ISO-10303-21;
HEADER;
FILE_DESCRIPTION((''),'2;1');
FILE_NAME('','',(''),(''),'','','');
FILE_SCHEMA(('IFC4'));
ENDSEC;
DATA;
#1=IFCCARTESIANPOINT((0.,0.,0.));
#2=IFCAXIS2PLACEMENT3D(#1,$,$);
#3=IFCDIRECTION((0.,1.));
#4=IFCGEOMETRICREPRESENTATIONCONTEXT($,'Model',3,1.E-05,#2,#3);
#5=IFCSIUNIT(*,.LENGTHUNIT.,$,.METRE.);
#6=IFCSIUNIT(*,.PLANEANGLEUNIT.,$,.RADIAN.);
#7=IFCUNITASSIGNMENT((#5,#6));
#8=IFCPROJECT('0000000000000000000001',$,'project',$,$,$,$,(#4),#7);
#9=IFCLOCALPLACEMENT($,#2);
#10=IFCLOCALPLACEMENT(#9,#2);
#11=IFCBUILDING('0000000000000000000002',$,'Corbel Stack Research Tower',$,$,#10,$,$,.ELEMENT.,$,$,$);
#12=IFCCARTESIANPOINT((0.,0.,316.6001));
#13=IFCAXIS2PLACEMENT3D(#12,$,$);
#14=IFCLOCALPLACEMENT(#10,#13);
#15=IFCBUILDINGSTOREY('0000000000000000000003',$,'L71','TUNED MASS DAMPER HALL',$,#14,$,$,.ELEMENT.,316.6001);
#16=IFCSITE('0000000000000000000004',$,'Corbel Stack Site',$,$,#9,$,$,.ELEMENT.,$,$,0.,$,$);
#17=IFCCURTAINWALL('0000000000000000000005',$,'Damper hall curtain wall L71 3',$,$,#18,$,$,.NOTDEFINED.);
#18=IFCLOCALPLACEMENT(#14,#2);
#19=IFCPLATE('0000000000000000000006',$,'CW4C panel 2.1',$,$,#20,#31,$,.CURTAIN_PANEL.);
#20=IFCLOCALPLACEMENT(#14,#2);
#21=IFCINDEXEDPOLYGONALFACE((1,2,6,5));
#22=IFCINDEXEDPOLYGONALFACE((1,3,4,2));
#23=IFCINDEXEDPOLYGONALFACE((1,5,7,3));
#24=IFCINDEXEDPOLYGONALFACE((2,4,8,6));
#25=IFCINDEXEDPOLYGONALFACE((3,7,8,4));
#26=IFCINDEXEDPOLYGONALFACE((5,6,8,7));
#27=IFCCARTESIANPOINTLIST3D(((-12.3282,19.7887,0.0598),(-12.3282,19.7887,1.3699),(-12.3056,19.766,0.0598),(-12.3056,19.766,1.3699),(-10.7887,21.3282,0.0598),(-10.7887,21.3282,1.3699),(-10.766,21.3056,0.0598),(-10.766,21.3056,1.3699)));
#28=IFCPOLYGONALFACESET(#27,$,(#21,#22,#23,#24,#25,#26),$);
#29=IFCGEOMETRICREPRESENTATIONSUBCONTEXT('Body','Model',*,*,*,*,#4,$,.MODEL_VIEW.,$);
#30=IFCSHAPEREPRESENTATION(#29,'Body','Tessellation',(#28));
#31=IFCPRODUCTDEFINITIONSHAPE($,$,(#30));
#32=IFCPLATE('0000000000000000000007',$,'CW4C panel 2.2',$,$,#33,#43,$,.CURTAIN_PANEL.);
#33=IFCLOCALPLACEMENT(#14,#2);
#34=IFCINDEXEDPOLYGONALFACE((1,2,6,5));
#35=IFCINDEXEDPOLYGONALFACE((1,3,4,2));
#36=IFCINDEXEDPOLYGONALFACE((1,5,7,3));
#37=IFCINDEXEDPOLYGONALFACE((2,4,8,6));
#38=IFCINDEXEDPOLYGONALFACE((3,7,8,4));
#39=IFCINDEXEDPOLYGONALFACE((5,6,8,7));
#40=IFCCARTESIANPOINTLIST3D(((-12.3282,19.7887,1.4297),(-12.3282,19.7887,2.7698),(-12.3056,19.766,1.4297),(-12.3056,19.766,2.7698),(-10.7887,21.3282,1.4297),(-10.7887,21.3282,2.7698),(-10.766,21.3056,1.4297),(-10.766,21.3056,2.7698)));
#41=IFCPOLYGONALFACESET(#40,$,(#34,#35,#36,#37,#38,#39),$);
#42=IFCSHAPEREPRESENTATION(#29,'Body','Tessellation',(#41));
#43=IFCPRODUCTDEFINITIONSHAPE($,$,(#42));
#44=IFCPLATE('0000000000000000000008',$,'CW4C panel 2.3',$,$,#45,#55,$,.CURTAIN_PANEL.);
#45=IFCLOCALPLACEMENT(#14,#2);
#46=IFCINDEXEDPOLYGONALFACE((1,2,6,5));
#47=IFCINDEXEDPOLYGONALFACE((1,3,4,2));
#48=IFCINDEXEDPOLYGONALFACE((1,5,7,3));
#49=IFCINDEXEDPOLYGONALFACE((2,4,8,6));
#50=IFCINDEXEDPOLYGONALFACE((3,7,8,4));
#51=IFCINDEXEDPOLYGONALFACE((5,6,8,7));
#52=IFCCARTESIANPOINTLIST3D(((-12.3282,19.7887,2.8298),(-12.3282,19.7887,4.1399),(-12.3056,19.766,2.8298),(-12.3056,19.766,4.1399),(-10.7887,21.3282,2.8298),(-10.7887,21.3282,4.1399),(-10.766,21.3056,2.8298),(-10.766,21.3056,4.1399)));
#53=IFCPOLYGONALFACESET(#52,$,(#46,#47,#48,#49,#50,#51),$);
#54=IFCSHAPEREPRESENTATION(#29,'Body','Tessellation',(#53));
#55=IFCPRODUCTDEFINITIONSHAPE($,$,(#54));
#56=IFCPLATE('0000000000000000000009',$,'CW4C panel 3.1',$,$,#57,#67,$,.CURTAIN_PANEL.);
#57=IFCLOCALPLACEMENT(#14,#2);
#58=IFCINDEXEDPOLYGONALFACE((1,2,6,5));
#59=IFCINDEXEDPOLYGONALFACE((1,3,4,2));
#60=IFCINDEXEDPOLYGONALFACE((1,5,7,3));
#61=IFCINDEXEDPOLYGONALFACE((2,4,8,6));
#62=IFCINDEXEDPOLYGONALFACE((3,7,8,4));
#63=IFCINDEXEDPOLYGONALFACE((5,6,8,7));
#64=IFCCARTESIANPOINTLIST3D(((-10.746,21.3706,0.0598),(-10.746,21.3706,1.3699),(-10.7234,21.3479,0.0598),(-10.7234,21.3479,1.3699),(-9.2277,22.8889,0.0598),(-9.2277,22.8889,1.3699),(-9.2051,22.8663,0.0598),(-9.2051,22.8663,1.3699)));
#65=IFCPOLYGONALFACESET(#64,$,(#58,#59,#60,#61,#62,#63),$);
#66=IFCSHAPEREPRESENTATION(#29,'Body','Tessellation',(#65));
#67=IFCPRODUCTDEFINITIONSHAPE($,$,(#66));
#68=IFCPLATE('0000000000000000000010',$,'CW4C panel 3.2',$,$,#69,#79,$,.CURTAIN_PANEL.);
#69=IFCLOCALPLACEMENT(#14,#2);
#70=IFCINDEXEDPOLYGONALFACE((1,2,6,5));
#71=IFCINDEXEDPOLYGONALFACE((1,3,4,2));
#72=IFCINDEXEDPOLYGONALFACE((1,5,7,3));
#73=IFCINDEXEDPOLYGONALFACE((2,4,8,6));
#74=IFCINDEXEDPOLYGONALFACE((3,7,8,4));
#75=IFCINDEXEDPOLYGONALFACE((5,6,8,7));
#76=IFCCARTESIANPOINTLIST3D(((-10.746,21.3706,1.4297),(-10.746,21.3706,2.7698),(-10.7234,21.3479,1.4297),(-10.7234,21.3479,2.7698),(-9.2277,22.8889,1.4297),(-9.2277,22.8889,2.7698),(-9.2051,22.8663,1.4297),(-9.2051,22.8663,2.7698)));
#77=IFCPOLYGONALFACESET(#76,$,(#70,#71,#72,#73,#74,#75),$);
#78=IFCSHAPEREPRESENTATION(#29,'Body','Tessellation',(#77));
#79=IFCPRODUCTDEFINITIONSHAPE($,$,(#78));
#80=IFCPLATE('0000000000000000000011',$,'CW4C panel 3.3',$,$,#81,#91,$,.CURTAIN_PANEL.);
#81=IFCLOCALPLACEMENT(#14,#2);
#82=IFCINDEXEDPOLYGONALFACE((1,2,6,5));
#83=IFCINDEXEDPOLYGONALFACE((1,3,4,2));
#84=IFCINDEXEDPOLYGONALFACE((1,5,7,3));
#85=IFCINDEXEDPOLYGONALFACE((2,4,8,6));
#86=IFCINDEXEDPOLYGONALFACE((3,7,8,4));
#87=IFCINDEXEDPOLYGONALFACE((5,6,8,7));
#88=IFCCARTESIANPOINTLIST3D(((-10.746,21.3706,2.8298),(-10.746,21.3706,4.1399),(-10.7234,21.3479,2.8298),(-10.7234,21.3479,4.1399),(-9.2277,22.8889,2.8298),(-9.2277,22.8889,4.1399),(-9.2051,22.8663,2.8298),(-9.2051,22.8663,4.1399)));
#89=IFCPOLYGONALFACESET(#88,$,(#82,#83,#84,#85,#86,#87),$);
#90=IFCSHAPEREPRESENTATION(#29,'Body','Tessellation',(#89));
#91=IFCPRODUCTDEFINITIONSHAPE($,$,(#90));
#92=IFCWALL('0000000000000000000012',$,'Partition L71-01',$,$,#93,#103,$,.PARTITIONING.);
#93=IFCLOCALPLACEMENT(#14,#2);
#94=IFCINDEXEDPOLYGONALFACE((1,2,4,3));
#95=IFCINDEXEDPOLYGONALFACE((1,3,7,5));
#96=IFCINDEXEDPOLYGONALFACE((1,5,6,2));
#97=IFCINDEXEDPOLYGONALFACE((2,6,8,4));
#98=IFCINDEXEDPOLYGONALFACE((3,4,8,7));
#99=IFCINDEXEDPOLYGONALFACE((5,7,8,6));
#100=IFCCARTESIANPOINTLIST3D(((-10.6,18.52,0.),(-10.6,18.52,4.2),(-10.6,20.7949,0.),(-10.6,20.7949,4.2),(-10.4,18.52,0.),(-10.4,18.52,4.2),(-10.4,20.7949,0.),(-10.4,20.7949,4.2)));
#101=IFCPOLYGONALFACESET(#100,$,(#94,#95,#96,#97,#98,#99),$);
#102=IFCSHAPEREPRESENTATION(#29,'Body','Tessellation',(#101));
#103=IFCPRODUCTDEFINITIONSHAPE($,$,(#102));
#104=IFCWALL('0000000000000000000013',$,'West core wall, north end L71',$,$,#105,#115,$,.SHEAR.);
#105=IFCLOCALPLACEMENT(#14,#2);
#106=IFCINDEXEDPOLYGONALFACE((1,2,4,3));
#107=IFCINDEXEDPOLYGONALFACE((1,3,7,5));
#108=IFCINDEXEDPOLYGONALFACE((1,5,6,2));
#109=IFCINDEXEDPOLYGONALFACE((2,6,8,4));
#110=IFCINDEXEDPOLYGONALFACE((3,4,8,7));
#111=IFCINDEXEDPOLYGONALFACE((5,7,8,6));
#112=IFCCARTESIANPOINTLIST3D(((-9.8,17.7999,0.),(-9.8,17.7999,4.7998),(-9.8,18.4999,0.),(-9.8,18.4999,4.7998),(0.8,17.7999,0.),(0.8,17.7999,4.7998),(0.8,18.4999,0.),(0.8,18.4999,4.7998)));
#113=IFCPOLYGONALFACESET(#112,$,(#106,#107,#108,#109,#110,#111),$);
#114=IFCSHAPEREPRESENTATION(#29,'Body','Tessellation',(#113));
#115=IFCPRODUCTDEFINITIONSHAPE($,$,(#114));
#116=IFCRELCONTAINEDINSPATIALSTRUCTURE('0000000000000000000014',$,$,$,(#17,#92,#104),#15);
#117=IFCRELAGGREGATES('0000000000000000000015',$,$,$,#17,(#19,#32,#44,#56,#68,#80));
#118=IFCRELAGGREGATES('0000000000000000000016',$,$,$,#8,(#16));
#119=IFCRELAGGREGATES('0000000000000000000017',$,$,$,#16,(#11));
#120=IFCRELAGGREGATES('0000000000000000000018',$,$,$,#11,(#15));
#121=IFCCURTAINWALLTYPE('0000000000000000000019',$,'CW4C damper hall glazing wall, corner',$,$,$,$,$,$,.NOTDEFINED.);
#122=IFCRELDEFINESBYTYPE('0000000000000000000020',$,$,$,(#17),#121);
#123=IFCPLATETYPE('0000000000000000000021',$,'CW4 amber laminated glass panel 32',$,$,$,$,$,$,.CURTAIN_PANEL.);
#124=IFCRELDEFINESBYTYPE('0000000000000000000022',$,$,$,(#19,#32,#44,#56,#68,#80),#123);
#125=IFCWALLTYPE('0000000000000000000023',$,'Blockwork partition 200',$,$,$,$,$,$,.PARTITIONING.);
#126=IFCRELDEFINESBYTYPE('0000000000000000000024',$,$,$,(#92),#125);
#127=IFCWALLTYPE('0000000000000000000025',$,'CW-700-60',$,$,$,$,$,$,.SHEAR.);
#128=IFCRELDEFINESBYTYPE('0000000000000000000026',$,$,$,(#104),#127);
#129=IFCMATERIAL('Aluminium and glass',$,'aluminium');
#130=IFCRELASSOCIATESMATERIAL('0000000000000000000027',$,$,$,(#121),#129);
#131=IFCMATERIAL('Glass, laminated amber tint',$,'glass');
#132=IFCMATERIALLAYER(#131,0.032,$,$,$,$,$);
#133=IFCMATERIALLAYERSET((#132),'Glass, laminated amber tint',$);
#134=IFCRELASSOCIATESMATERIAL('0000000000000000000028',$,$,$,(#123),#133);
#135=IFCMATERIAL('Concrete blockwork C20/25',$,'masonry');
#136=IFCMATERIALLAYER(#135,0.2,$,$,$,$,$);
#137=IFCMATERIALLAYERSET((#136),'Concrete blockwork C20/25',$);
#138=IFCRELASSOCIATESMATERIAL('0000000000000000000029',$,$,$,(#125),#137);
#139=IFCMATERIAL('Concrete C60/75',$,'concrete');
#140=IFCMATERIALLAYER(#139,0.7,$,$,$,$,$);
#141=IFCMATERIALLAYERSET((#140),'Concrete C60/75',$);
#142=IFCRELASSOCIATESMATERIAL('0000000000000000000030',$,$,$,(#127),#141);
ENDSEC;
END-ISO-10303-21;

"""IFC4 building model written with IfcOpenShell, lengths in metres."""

from ifc_helpers import new_model, si_unit, direction, frame, frame_2d, origin, origin_2d, place, context, subcontext, project, spatial, rectangle, extrude, material, layer, layer_set, type_object, element, aggregate, save


model = new_model("IFC4")

# Units and contexts
model_context = context("Model", 3, precision=1e-05, world=origin(), true_north=direction((0.0, 1.0)))
body_context = subcontext(model_context, "Body", "Model", "MODEL_VIEW")
ifc_project = project(units=[si_unit("LENGTHUNIT", "METRE"), si_unit("PLANEANGLEUNIT", "RADIAN")], contexts=[model_context])

# Site, building, storey
site_placement = place(None, origin())
site = spatial("IfcSite", under=ifc_project, at=site_placement, Name="Corbel Stack Site", CompositionType="ELEMENT", RefElevation=0.0)
building_placement = place(site_placement, origin())
building = spatial("IfcBuilding", under=site, at=building_placement, Name="Corbel Stack Research Tower", CompositionType="ELEMENT")
storey_placement = place(building_placement, frame((0.0, 0.0, 316.6001)))
storey = spatial("IfcBuildingStorey", under=building, at=storey_placement, Name="L71", Description="TUNED MASS DAMPER HALL", CompositionType="ELEMENT", Elevation=316.6001)

# Shared definitions
ifc_material_1 = material(Name="Aluminium and glass", Category="aluminium")
curtain_wall_type = type_object("IfcCurtainWallType", Name="CW4C damper hall glazing wall, corner", PredefinedType="NOTDEFINED", material=ifc_material_1)

# Curtain wall
curtain_wall_1_placement = place(storey_placement, origin())
curtain_wall_1 = element("IfcCurtainWall", 1, at=curtain_wall_1_placement, inside=storey, type_object=curtain_wall_type, Name="Damper hall curtain wall L71 3", PredefinedType="NOTDEFINED")

# Plates
ifc_material_2 = material(Name="Glass, laminated amber tint", Category="glass")
ifc_layer_1 = layer(ifc_material_2, 0.032)
ifc_layer_set_1 = layer_set([ifc_layer_1], Name="Glass, laminated amber tint")
plate_type = type_object("IfcPlateType", Name="CW4 amber laminated glass panel 32", PredefinedType="CURTAIN_PANEL", material=ifc_layer_set_1)
plate_1_placement = place(storey_placement, frame((-11.5471, 20.5471, 0.0598), z_axis=(0.0, 0.0, 1.0), x_axis=(0.707107, 0.707107, 0.0)))
plate_1 = element("IfcPlate", 2, at=plate_1_placement, type_object=plate_type, Name="CW4C panel 2.1", PredefinedType="CURTAIN_PANEL", context=body_context, shape_type="SweptSolid", body=[
    extrude(rectangle(XDim=2.1772, YDim=0.032, at=origin_2d()), origin(), (0.0, 0.0, 1.0), 1.3101),
])
plate_2_placement = place(storey_placement, frame((-11.5471, 20.5471, 1.4297), z_axis=(0.0, 0.0, 1.0), x_axis=(0.707107, 0.707107, 0.0)))
plate_2 = element("IfcPlate", 3, at=plate_2_placement, type_object=plate_type, Name="CW4C panel 2.2", PredefinedType="CURTAIN_PANEL", context=body_context, shape_type="SweptSolid", body=[
    extrude(rectangle(XDim=2.1772, YDim=0.032, at=origin_2d()), origin(), (0.0, 0.0, 1.0), 1.3401),
])
plate_3_placement = place(storey_placement, frame((-11.5471, 20.5471, 2.8298), z_axis=(0.0, 0.0, 1.0), x_axis=(0.707107, 0.707107, 0.0)))
plate_3 = element("IfcPlate", 4, at=plate_3_placement, type_object=plate_type, Name="CW4C panel 2.3", PredefinedType="CURTAIN_PANEL", context=body_context, shape_type="SweptSolid", body=[
    extrude(rectangle(XDim=2.1772, YDim=0.032, at=origin_2d()), origin(), (0.0, 0.0, 1.0), 1.3101),
])
plate_4_placement = place(storey_placement, frame((-9.9756, 22.1184, 0.0598), z_axis=(0.0, 0.0, 1.0), x_axis=(0.707107, 0.707107, 0.0)))
plate_4 = element("IfcPlate", 5, at=plate_4_placement, type_object=plate_type, Name="CW4C panel 3.1", PredefinedType="CURTAIN_PANEL", context=body_context, shape_type="SweptSolid", body=[
    extrude(rectangle(XDim=2.1472, YDim=0.032, at=origin_2d()), origin(), (0.0, 0.0, 1.0), 1.3101),
])
plate_5_placement = place(storey_placement, frame((-9.9756, 22.1184, 1.4297), z_axis=(0.0, 0.0, 1.0), x_axis=(0.707107, 0.707107, 0.0)))
plate_5 = element("IfcPlate", 6, at=plate_5_placement, type_object=plate_type, Name="CW4C panel 3.2", PredefinedType="CURTAIN_PANEL", context=body_context, shape_type="SweptSolid", body=[
    extrude(rectangle(XDim=2.1472, YDim=0.032, at=origin_2d()), origin(), (0.0, 0.0, 1.0), 1.3401),
])
plate_6_placement = place(storey_placement, frame((-9.9756, 22.1184, 2.8298), z_axis=(0.0, 0.0, 1.0), x_axis=(0.707107, 0.707107, 0.0)))
plate_6 = element("IfcPlate", 7, at=plate_6_placement, type_object=plate_type, Name="CW4C panel 3.3", PredefinedType="CURTAIN_PANEL", context=body_context, shape_type="SweptSolid", body=[
    extrude(rectangle(XDim=2.1472, YDim=0.032, at=origin_2d()), origin(), (0.0, 0.0, 1.0), 1.3101),
])
aggregate(curtain_wall_1, [plate_1, plate_2, plate_3, plate_4, plate_5, plate_6])

# Walls
ifc_material_3 = material(Name="Concrete blockwork C20/25", Category="masonry")
ifc_layer_2 = layer(ifc_material_3, 0.2)
ifc_layer_set_2 = layer_set([ifc_layer_2], Name="Concrete blockwork C20/25")
wall_type_1 = type_object("IfcWallType", Name="Blockwork partition 200", PredefinedType="PARTITIONING", material=ifc_layer_set_2)
wall_1_placement = place(storey_placement, frame((-10.5, 18.52, 0.0), z_axis=(0.0, 0.0, 1.0), x_axis=(0.0, 1.0, 0.0)))
element("IfcWall", 8, at=wall_1_placement, inside=storey, type_object=wall_type_1, Name="Partition L71-01", PredefinedType="PARTITIONING", context=body_context, shape_type="SweptSolid", body=[
    extrude(rectangle(XDim=2.2749, YDim=0.2, at=frame_2d((1.1375, 0.0))), origin(), (0.0, 0.0, 1.0), 4.2),
])
ifc_material_4 = material(Name="Concrete C60/75", Category="concrete")
ifc_layer_3 = layer(ifc_material_4, 0.7)
ifc_layer_set_3 = layer_set([ifc_layer_3], Name="Concrete C60/75")
wall_type_2 = type_object("IfcWallType", Name="CW-700-60", PredefinedType="SHEAR", material=ifc_layer_set_3)
wall_2_placement = place(storey_placement, frame((-9.8, 18.1499, 0.0), z_axis=(0.0, 0.0, 1.0), x_axis=(1.0, 0.0, 0.0)))
element("IfcWall", 9, at=wall_2_placement, inside=storey, type_object=wall_type_2, Name="West core wall, north end L71", PredefinedType="SHEAR", context=body_context, shape_type="SweptSolid", body=[
    extrude(rectangle(XDim=10.6001, YDim=0.7, at=frame_2d((5.3, 0.0))), origin(), (0.0, 0.0, 1.0), 4.7998),
])

save(model, "model.ifc")
